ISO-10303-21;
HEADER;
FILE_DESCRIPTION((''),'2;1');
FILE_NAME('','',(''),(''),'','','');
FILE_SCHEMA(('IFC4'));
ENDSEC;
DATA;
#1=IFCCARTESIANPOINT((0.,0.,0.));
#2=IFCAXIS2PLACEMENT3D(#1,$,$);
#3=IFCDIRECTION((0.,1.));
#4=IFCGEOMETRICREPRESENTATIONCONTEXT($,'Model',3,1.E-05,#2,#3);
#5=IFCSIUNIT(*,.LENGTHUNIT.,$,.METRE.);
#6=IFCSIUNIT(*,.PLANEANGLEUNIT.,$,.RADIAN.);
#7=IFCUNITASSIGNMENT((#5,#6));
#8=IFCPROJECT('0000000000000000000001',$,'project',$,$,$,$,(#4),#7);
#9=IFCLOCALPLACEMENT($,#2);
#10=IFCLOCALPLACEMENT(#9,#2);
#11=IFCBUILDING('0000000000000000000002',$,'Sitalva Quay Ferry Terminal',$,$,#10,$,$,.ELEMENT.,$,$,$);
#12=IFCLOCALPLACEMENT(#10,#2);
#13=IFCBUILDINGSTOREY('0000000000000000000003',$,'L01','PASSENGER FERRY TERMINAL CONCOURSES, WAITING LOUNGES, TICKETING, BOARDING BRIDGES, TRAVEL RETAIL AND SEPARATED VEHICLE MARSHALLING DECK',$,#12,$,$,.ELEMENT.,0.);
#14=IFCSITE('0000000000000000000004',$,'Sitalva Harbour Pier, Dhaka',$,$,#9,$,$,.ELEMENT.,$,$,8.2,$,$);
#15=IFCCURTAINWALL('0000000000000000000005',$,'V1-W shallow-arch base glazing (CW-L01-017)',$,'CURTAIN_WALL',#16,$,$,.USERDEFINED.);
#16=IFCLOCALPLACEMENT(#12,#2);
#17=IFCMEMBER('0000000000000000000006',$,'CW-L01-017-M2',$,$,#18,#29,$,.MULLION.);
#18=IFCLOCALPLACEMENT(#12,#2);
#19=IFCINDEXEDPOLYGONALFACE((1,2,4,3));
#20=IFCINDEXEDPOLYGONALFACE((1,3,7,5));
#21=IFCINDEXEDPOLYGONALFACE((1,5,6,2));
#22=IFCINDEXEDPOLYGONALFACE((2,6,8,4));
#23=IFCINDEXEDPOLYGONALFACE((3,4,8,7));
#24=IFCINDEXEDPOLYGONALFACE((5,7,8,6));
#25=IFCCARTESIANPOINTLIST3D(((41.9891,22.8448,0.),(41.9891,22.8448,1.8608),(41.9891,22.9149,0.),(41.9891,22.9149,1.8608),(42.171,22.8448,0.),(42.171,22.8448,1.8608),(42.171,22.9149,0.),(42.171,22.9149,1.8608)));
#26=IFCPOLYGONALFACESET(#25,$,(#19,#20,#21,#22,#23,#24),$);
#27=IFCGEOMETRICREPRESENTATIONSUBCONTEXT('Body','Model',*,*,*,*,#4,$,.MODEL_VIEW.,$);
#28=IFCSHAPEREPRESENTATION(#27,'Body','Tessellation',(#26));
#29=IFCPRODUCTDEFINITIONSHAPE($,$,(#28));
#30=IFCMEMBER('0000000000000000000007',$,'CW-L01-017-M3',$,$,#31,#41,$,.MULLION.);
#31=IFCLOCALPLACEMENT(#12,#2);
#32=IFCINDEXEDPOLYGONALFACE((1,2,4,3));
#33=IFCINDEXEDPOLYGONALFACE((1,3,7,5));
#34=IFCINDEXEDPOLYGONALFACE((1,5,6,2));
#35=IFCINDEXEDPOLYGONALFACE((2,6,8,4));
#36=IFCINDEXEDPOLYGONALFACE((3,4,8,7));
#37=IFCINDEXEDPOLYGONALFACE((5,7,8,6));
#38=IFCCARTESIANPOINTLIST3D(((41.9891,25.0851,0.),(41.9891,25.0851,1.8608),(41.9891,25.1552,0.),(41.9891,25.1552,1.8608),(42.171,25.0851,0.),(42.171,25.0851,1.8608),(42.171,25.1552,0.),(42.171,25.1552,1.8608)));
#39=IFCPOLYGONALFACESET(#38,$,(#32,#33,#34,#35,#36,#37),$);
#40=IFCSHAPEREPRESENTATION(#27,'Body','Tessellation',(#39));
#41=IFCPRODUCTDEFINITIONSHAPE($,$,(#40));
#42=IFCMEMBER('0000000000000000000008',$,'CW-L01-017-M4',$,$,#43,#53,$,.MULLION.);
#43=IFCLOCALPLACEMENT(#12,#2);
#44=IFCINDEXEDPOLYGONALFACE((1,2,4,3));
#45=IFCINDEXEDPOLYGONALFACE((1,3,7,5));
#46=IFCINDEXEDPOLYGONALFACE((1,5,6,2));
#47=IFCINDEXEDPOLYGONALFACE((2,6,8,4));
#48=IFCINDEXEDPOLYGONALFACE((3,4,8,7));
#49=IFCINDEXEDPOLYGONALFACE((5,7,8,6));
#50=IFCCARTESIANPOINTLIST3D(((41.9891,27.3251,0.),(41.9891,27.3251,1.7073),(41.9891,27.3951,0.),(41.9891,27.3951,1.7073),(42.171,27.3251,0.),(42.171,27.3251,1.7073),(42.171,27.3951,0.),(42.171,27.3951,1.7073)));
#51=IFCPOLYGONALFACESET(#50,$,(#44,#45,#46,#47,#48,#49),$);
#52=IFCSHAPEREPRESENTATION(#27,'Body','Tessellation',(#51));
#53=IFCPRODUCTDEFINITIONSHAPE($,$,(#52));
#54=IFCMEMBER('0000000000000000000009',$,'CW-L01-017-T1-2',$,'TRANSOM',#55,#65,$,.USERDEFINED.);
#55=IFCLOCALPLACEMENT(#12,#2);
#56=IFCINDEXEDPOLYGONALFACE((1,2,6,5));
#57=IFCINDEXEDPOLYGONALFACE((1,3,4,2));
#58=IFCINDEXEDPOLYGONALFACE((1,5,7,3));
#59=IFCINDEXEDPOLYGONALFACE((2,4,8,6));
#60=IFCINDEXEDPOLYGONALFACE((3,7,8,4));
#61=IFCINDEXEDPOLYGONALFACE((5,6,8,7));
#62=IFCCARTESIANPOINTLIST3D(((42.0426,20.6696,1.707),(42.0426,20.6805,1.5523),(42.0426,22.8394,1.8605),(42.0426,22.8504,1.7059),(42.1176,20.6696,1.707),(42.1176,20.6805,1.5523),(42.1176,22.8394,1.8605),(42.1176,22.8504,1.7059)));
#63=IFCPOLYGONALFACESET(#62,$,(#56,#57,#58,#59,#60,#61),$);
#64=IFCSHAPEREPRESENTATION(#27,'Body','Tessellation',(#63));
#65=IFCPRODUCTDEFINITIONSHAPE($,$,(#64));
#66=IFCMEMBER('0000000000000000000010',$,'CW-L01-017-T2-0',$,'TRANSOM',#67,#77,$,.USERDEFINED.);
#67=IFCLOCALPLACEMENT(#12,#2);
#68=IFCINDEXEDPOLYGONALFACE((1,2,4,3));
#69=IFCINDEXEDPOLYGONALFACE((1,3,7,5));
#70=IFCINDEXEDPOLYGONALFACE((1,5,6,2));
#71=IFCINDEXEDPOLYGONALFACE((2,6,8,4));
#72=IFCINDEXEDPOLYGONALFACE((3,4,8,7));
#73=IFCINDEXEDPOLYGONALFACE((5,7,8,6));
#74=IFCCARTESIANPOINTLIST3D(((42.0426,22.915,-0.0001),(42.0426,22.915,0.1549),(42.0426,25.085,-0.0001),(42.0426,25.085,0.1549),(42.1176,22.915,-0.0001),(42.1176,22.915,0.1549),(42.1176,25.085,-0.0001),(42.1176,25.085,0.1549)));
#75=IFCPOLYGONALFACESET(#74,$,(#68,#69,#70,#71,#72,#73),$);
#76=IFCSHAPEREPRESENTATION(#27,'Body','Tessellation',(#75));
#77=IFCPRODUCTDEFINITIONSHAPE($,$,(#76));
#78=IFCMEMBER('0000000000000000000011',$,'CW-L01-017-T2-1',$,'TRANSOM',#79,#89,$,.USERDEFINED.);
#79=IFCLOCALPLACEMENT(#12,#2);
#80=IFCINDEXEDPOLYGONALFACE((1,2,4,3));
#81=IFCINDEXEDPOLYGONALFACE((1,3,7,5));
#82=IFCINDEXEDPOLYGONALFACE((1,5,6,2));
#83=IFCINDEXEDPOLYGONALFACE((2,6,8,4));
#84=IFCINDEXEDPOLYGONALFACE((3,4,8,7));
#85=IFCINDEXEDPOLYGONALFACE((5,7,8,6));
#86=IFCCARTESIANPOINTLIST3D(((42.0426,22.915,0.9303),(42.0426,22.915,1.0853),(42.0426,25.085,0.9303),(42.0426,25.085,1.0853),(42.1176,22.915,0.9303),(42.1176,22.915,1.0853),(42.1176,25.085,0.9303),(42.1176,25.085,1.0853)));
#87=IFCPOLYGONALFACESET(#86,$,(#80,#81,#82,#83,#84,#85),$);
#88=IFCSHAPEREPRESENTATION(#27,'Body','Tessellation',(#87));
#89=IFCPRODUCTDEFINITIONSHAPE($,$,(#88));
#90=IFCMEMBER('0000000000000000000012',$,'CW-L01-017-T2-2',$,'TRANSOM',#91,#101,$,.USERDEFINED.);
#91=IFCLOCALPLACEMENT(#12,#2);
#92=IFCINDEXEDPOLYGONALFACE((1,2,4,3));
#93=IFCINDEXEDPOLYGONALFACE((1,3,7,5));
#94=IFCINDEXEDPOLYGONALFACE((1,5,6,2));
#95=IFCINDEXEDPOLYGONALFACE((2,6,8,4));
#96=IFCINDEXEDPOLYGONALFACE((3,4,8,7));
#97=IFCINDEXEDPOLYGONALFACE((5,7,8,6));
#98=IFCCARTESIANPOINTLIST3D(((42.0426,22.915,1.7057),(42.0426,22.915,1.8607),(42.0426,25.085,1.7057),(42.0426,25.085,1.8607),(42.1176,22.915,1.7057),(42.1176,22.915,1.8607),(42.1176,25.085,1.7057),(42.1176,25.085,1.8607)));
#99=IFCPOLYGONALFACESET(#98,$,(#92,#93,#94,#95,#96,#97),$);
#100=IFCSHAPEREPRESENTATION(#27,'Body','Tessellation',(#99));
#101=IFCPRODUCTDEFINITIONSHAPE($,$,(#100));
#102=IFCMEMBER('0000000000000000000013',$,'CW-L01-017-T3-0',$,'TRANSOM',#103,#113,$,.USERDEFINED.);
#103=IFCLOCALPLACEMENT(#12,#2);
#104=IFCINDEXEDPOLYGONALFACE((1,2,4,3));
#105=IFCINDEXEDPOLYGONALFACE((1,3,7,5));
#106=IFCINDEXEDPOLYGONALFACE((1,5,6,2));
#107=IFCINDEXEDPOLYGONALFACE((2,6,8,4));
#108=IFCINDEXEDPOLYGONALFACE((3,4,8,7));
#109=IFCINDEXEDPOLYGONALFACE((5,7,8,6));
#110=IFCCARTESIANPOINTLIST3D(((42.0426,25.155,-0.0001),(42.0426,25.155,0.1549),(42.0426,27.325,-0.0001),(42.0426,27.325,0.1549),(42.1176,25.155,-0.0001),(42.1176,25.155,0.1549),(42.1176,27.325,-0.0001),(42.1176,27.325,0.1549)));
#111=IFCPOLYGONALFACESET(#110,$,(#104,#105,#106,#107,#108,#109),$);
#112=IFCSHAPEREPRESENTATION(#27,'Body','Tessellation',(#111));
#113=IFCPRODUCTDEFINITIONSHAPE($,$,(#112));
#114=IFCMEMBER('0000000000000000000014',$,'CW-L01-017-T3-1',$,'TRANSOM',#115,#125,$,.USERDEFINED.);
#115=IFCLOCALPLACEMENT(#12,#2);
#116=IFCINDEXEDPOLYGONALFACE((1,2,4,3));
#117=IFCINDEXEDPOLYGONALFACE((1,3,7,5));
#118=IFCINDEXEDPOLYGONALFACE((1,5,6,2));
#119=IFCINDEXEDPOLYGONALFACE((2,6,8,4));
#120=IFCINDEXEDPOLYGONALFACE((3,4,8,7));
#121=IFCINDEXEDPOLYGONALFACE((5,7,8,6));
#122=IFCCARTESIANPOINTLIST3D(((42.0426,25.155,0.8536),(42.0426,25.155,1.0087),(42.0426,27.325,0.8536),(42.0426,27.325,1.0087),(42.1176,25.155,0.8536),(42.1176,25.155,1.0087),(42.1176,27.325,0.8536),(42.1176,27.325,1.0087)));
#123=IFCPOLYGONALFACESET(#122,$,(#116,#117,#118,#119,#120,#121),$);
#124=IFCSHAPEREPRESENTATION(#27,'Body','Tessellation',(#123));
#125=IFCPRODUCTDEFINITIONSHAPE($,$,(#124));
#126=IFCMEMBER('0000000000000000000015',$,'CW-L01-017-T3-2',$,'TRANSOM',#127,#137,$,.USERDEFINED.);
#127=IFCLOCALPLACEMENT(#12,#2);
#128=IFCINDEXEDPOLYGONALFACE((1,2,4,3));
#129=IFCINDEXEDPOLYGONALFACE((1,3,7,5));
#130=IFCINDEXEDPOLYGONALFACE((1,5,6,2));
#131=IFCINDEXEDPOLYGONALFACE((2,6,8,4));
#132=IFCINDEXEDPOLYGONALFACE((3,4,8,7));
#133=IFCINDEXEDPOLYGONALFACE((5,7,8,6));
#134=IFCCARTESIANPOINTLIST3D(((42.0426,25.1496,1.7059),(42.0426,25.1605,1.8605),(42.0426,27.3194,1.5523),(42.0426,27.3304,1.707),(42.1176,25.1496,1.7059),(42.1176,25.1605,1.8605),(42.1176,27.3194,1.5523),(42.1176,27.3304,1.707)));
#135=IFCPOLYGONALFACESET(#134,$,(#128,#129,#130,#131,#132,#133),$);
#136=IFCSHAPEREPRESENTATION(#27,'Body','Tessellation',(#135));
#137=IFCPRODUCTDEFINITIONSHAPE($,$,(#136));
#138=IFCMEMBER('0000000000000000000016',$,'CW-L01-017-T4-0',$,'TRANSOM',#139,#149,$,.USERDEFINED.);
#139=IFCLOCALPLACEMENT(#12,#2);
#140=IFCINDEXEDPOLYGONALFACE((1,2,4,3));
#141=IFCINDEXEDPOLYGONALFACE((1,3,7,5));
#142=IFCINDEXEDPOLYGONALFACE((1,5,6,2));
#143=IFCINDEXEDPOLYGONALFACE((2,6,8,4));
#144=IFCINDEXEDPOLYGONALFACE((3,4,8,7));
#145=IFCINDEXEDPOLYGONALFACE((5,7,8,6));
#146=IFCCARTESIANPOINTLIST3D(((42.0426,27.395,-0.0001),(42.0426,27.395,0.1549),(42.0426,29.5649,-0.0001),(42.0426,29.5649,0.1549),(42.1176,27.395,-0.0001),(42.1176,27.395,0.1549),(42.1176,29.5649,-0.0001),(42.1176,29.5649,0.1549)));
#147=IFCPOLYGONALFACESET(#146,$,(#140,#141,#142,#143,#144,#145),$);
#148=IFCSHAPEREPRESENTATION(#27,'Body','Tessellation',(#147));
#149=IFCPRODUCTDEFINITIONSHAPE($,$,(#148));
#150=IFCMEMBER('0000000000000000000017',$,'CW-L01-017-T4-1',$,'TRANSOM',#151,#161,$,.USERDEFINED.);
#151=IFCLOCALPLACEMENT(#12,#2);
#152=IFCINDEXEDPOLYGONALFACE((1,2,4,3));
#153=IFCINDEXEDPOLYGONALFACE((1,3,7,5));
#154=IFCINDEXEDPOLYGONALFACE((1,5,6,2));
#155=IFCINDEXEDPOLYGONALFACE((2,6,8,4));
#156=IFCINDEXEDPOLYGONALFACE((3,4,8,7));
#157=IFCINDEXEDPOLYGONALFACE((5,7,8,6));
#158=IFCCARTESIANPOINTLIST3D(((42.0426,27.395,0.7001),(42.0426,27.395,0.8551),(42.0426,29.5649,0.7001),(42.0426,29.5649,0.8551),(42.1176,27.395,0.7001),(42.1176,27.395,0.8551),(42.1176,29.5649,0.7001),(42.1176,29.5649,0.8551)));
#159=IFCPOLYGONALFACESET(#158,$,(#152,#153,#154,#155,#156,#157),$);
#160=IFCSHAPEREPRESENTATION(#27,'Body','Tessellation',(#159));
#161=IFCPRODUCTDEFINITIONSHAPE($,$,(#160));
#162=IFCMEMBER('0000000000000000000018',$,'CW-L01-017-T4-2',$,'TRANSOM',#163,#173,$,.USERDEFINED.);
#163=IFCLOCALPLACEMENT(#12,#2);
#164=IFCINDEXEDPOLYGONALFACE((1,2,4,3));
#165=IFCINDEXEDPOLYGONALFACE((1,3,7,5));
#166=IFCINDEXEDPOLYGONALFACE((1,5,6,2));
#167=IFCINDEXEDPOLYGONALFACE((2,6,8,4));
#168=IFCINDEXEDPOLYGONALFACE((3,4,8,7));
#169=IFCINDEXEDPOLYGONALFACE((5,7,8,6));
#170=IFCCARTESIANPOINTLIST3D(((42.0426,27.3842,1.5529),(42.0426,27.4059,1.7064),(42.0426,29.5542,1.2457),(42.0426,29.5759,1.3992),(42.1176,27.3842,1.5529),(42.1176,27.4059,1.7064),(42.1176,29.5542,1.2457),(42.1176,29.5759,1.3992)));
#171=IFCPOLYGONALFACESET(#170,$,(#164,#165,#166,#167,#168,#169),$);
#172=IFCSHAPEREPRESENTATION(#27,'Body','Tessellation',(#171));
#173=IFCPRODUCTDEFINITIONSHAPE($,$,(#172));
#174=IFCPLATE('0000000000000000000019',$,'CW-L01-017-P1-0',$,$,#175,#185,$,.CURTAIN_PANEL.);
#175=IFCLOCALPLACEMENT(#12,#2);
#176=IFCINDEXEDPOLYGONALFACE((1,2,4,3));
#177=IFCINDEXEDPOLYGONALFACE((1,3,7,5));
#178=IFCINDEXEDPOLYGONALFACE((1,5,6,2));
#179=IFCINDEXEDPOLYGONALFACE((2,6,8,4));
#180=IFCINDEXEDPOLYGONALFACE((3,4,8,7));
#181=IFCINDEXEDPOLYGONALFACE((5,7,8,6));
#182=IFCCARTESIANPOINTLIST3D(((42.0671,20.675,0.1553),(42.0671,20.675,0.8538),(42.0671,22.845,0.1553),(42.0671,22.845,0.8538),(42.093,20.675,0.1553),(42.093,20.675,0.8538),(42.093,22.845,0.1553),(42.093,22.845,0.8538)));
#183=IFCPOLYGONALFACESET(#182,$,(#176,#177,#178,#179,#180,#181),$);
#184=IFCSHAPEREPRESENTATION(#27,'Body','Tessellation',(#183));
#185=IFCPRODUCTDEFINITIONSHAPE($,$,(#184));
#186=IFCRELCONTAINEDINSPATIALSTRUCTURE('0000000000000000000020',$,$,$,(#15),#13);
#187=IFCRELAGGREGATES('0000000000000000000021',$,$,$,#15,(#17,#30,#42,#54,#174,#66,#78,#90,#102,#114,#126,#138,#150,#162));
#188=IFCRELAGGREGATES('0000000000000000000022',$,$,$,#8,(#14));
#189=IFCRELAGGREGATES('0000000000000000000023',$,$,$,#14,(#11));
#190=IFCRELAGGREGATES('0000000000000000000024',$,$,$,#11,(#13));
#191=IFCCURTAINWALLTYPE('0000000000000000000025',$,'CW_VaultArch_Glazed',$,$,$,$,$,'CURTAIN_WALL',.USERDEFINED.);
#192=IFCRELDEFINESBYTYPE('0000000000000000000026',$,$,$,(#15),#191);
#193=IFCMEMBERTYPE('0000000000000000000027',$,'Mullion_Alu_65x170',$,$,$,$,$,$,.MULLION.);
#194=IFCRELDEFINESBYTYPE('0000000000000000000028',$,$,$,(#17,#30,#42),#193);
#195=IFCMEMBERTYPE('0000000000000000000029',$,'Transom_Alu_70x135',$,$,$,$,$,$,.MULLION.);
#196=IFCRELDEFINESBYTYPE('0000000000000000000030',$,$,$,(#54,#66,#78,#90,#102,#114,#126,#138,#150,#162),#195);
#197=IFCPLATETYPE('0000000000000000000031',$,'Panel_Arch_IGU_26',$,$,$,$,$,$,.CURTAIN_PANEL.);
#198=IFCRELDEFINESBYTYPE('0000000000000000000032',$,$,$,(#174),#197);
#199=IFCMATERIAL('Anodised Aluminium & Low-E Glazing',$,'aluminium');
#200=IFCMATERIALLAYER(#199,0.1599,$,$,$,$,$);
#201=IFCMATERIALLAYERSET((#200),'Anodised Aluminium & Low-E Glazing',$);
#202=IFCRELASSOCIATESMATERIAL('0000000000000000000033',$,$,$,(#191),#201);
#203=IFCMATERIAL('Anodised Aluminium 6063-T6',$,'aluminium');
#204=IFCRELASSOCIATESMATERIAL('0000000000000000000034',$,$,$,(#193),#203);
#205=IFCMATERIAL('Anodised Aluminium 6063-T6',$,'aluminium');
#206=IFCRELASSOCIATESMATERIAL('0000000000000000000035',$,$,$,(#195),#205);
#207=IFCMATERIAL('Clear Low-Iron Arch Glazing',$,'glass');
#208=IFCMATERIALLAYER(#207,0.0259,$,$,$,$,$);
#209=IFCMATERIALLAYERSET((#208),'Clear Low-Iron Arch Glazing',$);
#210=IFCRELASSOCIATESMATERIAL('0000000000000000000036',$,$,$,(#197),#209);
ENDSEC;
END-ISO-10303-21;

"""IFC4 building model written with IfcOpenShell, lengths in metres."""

from ifc_helpers import new_model, si_unit, direction, frame, origin, origin_2d, place, context, subcontext, project, spatial, rectangle, extrude, material, layer, layer_set, material_profile, profile_set, type_object, element, aggregate, save


model = new_model("IFC4")

# Units and contexts
model_context = context("Model", 3, precision=1e-05, world=origin(), true_north=direction((0.0, 1.0)))
body_context = subcontext(model_context, "Body", "Model", "MODEL_VIEW")
ifc_project = project(units=[si_unit("LENGTHUNIT", "METRE"), si_unit("PLANEANGLEUNIT", "RADIAN")], contexts=[model_context])

# Site, building, storey
site_placement = place(None, origin())
site = spatial("IfcSite", under=ifc_project, at=site_placement, Name="Sitalva Harbour Pier, Dhaka", CompositionType="ELEMENT", RefElevation=8.2)
building_placement = place(site_placement, origin())
building = spatial("IfcBuilding", under=site, at=building_placement, Name="Sitalva Quay Ferry Terminal", CompositionType="ELEMENT")
storey_placement = place(building_placement, origin())
storey = spatial("IfcBuildingStorey", under=building, at=storey_placement, Name="L01", Description="PASSENGER FERRY TERMINAL CONCOURSES, WAITING LOUNGES, TICKETING, BOARDING BRIDGES, TRAVEL RETAIL AND SEPARATED VEHICLE MARSHALLING DECK", CompositionType="ELEMENT", Elevation=0.0)

# Curtain wall, members, plate
ifc_material_1 = material(Name="Anodised Aluminium & Low-E Glazing", Category="aluminium")
ifc_layer_1 = layer(ifc_material_1, 0.1599)
ifc_layer_set_1 = layer_set([ifc_layer_1], Name="Anodised Aluminium & Low-E Glazing")
curtain_wall_type = type_object("IfcCurtainWallType", Name="CW_VaultArch_Glazed", ElementType="CURTAIN_WALL", PredefinedType="USERDEFINED", material=ifc_layer_set_1)
curtain_wall_placement = place(storey_placement, origin())
curtain_wall = element("IfcCurtainWall", 1, at=curtain_wall_placement, inside=storey, type_object=curtain_wall_type, Name="V1-W shallow-arch base glazing (CW-L01-017)", ObjectType="CURTAIN_WALL", PredefinedType="USERDEFINED")
ifc_material_2 = material(Name="Anodised Aluminium 6063-T6", Category="aluminium")
ifc_material_profile_1 = material_profile(ifc_material_2, rectangle(XDim=0.0701, YDim=0.1819, at=origin_2d()), Name="ALU70x182")
ifc_profile_set_1 = profile_set([ifc_material_profile_1], Name="Anodised Aluminium 6063-T6")
member_type_1 = type_object("IfcMemberType", Name="Mullion_Alu_65x170", PredefinedType="MULLION", material=ifc_profile_set_1)
member_1_placement = place(storey_placement, frame((42.0801, 22.8799, 0.0), z_axis=(0.0, 0.0, 1.0), x_axis=(0.0, 1.0, 0.0)))
member_1 = element("IfcMember", 2, at=member_1_placement, type_object=member_type_1, Name="CW-L01-017-M2", PredefinedType="MULLION", context=body_context, shape_type="SweptSolid", body=[
    extrude(rectangle(XDim=0.0701, YDim=0.1819, at=origin_2d()), origin(), (0.0, 0.0, 1.0), 1.8608),
])
member_2_placement = place(storey_placement, frame((42.0801, 25.1201, 0.0), z_axis=(0.0, 0.0, 1.0), x_axis=(0.0, 1.0, 0.0)))
member_2 = element("IfcMember", 3, at=member_2_placement, type_object=member_type_1, Name="CW-L01-017-M3", PredefinedType="MULLION", context=body_context, shape_type="SweptSolid", body=[
    extrude(rectangle(XDim=0.0701, YDim=0.1819, at=origin_2d()), origin(), (0.0, 0.0, 1.0), 1.8608),
])
member_3_placement = place(storey_placement, frame((42.0801, 27.3601, 0.0), z_axis=(0.0, 0.0, 1.0), x_axis=(0.0, 1.0, 0.0)))
member_3 = element("IfcMember", 4, at=member_3_placement, type_object=member_type_1, Name="CW-L01-017-M4", PredefinedType="MULLION", context=body_context, shape_type="SweptSolid", body=[
    extrude(rectangle(XDim=0.0701, YDim=0.1819, at=origin_2d()), origin(), (0.0, 0.0, 1.0), 1.7073),
])
ifc_material_3 = material(Name="Anodised Aluminium 6063-T6", Category="aluminium")
ifc_material_profile_2 = material_profile(ifc_material_3, rectangle(XDim=0.075, YDim=0.155, at=origin_2d()), Name="ALU75x155")
ifc_profile_set_2 = profile_set([ifc_material_profile_2], Name="Anodised Aluminium 6063-T6")
member_type_2 = type_object("IfcMemberType", Name="Transom_Alu_70x135", PredefinedType="MULLION", material=ifc_profile_set_2)
member_4_placement = place(storey_placement, frame((42.0801, 20.675, 1.6296), z_axis=(0.0, 0.997505, 0.070593), x_axis=(-1.0, 0.0, 0.0)))
member_4 = element("IfcMember", 5, at=member_4_placement, type_object=member_type_2, Name="CW-L01-017-T1-2", ObjectType="TRANSOM", PredefinedType="USERDEFINED", context=body_context, shape_type="SweptSolid", body=[
    extrude(rectangle(XDim=0.075, YDim=0.155, at=origin_2d()), origin(), (0.0, 0.0, 1.0), 2.1753),
])
member_5_placement = place(storey_placement, frame((42.0801, 22.915, 0.0774), z_axis=(0.0, 1.0, 0.0), x_axis=(-1.0, 0.0, 0.0)))
member_5 = element("IfcMember", 6, at=member_5_placement, type_object=member_type_2, Name="CW-L01-017-T2-0", ObjectType="TRANSOM", PredefinedType="USERDEFINED", context=body_context, shape_type="SweptSolid", body=[
    extrude(rectangle(XDim=0.075, YDim=0.155, at=origin_2d()), origin(), (0.0, 0.0, 1.0), 2.1699),
])
member_6_placement = place(storey_placement, frame((42.0801, 22.915, 1.0078), z_axis=(0.0, 1.0, 0.0), x_axis=(-1.0, 0.0, 0.0)))
member_6 = element("IfcMember", 7, at=member_6_placement, type_object=member_type_2, Name="CW-L01-017-T2-1", ObjectType="TRANSOM", PredefinedType="USERDEFINED", context=body_context, shape_type="SweptSolid", body=[
    extrude(rectangle(XDim=0.075, YDim=0.155, at=origin_2d()), origin(), (0.0, 0.0, 1.0), 2.1699),
])
member_7_placement = place(storey_placement, frame((42.0801, 22.915, 1.7832), z_axis=(0.0, 1.0, 0.0), x_axis=(-1.0, 0.0, 0.0)))
member_7 = element("IfcMember", 8, at=member_7_placement, type_object=member_type_2, Name="CW-L01-017-T2-2", ObjectType="TRANSOM", PredefinedType="USERDEFINED", context=body_context, shape_type="SweptSolid", body=[
    extrude(rectangle(XDim=0.075, YDim=0.155, at=origin_2d()), origin(), (0.0, 0.0, 1.0), 2.1699),
])
member_8_placement = place(storey_placement, frame((42.0801, 25.155, 0.0774), z_axis=(0.0, 1.0, 0.0), x_axis=(-1.0, 0.0, 0.0)))
member_8 = element("IfcMember", 9, at=member_8_placement, type_object=member_type_2, Name="CW-L01-017-T3-0", ObjectType="TRANSOM", PredefinedType="USERDEFINED", context=body_context, shape_type="SweptSolid", body=[
    extrude(rectangle(XDim=0.075, YDim=0.155, at=origin_2d()), origin(), (0.0, 0.0, 1.0), 2.1699),
])
member_9_placement = place(storey_placement, frame((42.0801, 25.155, 0.9312), z_axis=(0.0, 1.0, 0.0), x_axis=(-1.0, 0.0, 0.0)))
member_9 = element("IfcMember", 10, at=member_9_placement, type_object=member_type_2, Name="CW-L01-017-T3-1", ObjectType="TRANSOM", PredefinedType="USERDEFINED", context=body_context, shape_type="SweptSolid", body=[
    extrude(rectangle(XDim=0.075, YDim=0.155, at=origin_2d()), origin(), (0.0, 0.0, 1.0), 2.1699),
])
member_10_placement = place(storey_placement, frame((42.0801, 25.155, 1.7832), z_axis=(0.0, 0.997505, -0.070593), x_axis=(-1.0, 0.0, 0.0)))
member_10 = element("IfcMember", 11, at=member_10_placement, type_object=member_type_2, Name="CW-L01-017-T3-2", ObjectType="TRANSOM", PredefinedType="USERDEFINED", context=body_context, shape_type="SweptSolid", body=[
    extrude(rectangle(XDim=0.075, YDim=0.155, at=origin_2d()), origin(), (0.0, 0.0, 1.0), 2.1753),
])
member_11_placement = place(storey_placement, frame((42.0801, 27.395, 0.0774), z_axis=(0.0, 1.0, 0.0), x_axis=(-1.0, 0.0, 0.0)))
member_11 = element("IfcMember", 12, at=member_11_placement, type_object=member_type_2, Name="CW-L01-017-T4-0", ObjectType="TRANSOM", PredefinedType="USERDEFINED", context=body_context, shape_type="SweptSolid", body=[
    extrude(rectangle(XDim=0.075, YDim=0.155, at=origin_2d()), origin(), (0.0, 0.0, 1.0), 2.1699),
])
member_12_placement = place(storey_placement, frame((42.0801, 27.395, 0.7776), z_axis=(0.0, 1.0, 0.0), x_axis=(-1.0, 0.0, 0.0)))
member_12 = element("IfcMember", 13, at=member_12_placement, type_object=member_type_2, Name="CW-L01-017-T4-1", ObjectType="TRANSOM", PredefinedType="USERDEFINED", context=body_context, shape_type="SweptSolid", body=[
    extrude(rectangle(XDim=0.075, YDim=0.155, at=origin_2d()), origin(), (0.0, 0.0, 1.0), 2.1699),
])
member_13_placement = place(storey_placement, frame((42.0801, 27.395, 1.6296), z_axis=(0.0, 0.990131, -0.140142), x_axis=(-1.0, 0.0, 0.0)))
member_13 = element("IfcMember", 14, at=member_13_placement, type_object=member_type_2, Name="CW-L01-017-T4-2", ObjectType="TRANSOM", PredefinedType="USERDEFINED", context=body_context, shape_type="SweptSolid", body=[
    extrude(rectangle(XDim=0.075, YDim=0.155, at=origin_2d()), origin(), (0.0, 0.0, 1.0), 2.1917),
])
ifc_material_4 = material(Name="Clear Low-Iron Arch Glazing", Category="glass")
ifc_layer_2 = layer(ifc_material_4, 0.0259)
ifc_layer_set_2 = layer_set([ifc_layer_2], Name="Clear Low-Iron Arch Glazing")
plate_type = type_object("IfcPlateType", Name="Panel_Arch_IGU_26", PredefinedType="CURTAIN_PANEL", material=ifc_layer_set_2)
plate_1_placement = place(storey_placement, frame((42.0801, 21.76, 0.1553), z_axis=(0.0, 0.0, 1.0), x_axis=(0.0, 1.0, 0.0)))
plate_1 = element("IfcPlate", 15, at=plate_1_placement, type_object=plate_type, Name="CW-L01-017-P1-0", PredefinedType="CURTAIN_PANEL", context=body_context, shape_type="SweptSolid", body=[
    extrude(rectangle(XDim=2.1699, YDim=0.0259, at=origin_2d()), origin(), (0.0, 0.0, 1.0), 0.6985),
])
aggregate(curtain_wall, [member_1, member_2, member_3, member_4, plate_1, member_5, member_6, member_7, member_8, member_9, member_10, member_11, member_12, member_13])

save(model, "model.ifc")
